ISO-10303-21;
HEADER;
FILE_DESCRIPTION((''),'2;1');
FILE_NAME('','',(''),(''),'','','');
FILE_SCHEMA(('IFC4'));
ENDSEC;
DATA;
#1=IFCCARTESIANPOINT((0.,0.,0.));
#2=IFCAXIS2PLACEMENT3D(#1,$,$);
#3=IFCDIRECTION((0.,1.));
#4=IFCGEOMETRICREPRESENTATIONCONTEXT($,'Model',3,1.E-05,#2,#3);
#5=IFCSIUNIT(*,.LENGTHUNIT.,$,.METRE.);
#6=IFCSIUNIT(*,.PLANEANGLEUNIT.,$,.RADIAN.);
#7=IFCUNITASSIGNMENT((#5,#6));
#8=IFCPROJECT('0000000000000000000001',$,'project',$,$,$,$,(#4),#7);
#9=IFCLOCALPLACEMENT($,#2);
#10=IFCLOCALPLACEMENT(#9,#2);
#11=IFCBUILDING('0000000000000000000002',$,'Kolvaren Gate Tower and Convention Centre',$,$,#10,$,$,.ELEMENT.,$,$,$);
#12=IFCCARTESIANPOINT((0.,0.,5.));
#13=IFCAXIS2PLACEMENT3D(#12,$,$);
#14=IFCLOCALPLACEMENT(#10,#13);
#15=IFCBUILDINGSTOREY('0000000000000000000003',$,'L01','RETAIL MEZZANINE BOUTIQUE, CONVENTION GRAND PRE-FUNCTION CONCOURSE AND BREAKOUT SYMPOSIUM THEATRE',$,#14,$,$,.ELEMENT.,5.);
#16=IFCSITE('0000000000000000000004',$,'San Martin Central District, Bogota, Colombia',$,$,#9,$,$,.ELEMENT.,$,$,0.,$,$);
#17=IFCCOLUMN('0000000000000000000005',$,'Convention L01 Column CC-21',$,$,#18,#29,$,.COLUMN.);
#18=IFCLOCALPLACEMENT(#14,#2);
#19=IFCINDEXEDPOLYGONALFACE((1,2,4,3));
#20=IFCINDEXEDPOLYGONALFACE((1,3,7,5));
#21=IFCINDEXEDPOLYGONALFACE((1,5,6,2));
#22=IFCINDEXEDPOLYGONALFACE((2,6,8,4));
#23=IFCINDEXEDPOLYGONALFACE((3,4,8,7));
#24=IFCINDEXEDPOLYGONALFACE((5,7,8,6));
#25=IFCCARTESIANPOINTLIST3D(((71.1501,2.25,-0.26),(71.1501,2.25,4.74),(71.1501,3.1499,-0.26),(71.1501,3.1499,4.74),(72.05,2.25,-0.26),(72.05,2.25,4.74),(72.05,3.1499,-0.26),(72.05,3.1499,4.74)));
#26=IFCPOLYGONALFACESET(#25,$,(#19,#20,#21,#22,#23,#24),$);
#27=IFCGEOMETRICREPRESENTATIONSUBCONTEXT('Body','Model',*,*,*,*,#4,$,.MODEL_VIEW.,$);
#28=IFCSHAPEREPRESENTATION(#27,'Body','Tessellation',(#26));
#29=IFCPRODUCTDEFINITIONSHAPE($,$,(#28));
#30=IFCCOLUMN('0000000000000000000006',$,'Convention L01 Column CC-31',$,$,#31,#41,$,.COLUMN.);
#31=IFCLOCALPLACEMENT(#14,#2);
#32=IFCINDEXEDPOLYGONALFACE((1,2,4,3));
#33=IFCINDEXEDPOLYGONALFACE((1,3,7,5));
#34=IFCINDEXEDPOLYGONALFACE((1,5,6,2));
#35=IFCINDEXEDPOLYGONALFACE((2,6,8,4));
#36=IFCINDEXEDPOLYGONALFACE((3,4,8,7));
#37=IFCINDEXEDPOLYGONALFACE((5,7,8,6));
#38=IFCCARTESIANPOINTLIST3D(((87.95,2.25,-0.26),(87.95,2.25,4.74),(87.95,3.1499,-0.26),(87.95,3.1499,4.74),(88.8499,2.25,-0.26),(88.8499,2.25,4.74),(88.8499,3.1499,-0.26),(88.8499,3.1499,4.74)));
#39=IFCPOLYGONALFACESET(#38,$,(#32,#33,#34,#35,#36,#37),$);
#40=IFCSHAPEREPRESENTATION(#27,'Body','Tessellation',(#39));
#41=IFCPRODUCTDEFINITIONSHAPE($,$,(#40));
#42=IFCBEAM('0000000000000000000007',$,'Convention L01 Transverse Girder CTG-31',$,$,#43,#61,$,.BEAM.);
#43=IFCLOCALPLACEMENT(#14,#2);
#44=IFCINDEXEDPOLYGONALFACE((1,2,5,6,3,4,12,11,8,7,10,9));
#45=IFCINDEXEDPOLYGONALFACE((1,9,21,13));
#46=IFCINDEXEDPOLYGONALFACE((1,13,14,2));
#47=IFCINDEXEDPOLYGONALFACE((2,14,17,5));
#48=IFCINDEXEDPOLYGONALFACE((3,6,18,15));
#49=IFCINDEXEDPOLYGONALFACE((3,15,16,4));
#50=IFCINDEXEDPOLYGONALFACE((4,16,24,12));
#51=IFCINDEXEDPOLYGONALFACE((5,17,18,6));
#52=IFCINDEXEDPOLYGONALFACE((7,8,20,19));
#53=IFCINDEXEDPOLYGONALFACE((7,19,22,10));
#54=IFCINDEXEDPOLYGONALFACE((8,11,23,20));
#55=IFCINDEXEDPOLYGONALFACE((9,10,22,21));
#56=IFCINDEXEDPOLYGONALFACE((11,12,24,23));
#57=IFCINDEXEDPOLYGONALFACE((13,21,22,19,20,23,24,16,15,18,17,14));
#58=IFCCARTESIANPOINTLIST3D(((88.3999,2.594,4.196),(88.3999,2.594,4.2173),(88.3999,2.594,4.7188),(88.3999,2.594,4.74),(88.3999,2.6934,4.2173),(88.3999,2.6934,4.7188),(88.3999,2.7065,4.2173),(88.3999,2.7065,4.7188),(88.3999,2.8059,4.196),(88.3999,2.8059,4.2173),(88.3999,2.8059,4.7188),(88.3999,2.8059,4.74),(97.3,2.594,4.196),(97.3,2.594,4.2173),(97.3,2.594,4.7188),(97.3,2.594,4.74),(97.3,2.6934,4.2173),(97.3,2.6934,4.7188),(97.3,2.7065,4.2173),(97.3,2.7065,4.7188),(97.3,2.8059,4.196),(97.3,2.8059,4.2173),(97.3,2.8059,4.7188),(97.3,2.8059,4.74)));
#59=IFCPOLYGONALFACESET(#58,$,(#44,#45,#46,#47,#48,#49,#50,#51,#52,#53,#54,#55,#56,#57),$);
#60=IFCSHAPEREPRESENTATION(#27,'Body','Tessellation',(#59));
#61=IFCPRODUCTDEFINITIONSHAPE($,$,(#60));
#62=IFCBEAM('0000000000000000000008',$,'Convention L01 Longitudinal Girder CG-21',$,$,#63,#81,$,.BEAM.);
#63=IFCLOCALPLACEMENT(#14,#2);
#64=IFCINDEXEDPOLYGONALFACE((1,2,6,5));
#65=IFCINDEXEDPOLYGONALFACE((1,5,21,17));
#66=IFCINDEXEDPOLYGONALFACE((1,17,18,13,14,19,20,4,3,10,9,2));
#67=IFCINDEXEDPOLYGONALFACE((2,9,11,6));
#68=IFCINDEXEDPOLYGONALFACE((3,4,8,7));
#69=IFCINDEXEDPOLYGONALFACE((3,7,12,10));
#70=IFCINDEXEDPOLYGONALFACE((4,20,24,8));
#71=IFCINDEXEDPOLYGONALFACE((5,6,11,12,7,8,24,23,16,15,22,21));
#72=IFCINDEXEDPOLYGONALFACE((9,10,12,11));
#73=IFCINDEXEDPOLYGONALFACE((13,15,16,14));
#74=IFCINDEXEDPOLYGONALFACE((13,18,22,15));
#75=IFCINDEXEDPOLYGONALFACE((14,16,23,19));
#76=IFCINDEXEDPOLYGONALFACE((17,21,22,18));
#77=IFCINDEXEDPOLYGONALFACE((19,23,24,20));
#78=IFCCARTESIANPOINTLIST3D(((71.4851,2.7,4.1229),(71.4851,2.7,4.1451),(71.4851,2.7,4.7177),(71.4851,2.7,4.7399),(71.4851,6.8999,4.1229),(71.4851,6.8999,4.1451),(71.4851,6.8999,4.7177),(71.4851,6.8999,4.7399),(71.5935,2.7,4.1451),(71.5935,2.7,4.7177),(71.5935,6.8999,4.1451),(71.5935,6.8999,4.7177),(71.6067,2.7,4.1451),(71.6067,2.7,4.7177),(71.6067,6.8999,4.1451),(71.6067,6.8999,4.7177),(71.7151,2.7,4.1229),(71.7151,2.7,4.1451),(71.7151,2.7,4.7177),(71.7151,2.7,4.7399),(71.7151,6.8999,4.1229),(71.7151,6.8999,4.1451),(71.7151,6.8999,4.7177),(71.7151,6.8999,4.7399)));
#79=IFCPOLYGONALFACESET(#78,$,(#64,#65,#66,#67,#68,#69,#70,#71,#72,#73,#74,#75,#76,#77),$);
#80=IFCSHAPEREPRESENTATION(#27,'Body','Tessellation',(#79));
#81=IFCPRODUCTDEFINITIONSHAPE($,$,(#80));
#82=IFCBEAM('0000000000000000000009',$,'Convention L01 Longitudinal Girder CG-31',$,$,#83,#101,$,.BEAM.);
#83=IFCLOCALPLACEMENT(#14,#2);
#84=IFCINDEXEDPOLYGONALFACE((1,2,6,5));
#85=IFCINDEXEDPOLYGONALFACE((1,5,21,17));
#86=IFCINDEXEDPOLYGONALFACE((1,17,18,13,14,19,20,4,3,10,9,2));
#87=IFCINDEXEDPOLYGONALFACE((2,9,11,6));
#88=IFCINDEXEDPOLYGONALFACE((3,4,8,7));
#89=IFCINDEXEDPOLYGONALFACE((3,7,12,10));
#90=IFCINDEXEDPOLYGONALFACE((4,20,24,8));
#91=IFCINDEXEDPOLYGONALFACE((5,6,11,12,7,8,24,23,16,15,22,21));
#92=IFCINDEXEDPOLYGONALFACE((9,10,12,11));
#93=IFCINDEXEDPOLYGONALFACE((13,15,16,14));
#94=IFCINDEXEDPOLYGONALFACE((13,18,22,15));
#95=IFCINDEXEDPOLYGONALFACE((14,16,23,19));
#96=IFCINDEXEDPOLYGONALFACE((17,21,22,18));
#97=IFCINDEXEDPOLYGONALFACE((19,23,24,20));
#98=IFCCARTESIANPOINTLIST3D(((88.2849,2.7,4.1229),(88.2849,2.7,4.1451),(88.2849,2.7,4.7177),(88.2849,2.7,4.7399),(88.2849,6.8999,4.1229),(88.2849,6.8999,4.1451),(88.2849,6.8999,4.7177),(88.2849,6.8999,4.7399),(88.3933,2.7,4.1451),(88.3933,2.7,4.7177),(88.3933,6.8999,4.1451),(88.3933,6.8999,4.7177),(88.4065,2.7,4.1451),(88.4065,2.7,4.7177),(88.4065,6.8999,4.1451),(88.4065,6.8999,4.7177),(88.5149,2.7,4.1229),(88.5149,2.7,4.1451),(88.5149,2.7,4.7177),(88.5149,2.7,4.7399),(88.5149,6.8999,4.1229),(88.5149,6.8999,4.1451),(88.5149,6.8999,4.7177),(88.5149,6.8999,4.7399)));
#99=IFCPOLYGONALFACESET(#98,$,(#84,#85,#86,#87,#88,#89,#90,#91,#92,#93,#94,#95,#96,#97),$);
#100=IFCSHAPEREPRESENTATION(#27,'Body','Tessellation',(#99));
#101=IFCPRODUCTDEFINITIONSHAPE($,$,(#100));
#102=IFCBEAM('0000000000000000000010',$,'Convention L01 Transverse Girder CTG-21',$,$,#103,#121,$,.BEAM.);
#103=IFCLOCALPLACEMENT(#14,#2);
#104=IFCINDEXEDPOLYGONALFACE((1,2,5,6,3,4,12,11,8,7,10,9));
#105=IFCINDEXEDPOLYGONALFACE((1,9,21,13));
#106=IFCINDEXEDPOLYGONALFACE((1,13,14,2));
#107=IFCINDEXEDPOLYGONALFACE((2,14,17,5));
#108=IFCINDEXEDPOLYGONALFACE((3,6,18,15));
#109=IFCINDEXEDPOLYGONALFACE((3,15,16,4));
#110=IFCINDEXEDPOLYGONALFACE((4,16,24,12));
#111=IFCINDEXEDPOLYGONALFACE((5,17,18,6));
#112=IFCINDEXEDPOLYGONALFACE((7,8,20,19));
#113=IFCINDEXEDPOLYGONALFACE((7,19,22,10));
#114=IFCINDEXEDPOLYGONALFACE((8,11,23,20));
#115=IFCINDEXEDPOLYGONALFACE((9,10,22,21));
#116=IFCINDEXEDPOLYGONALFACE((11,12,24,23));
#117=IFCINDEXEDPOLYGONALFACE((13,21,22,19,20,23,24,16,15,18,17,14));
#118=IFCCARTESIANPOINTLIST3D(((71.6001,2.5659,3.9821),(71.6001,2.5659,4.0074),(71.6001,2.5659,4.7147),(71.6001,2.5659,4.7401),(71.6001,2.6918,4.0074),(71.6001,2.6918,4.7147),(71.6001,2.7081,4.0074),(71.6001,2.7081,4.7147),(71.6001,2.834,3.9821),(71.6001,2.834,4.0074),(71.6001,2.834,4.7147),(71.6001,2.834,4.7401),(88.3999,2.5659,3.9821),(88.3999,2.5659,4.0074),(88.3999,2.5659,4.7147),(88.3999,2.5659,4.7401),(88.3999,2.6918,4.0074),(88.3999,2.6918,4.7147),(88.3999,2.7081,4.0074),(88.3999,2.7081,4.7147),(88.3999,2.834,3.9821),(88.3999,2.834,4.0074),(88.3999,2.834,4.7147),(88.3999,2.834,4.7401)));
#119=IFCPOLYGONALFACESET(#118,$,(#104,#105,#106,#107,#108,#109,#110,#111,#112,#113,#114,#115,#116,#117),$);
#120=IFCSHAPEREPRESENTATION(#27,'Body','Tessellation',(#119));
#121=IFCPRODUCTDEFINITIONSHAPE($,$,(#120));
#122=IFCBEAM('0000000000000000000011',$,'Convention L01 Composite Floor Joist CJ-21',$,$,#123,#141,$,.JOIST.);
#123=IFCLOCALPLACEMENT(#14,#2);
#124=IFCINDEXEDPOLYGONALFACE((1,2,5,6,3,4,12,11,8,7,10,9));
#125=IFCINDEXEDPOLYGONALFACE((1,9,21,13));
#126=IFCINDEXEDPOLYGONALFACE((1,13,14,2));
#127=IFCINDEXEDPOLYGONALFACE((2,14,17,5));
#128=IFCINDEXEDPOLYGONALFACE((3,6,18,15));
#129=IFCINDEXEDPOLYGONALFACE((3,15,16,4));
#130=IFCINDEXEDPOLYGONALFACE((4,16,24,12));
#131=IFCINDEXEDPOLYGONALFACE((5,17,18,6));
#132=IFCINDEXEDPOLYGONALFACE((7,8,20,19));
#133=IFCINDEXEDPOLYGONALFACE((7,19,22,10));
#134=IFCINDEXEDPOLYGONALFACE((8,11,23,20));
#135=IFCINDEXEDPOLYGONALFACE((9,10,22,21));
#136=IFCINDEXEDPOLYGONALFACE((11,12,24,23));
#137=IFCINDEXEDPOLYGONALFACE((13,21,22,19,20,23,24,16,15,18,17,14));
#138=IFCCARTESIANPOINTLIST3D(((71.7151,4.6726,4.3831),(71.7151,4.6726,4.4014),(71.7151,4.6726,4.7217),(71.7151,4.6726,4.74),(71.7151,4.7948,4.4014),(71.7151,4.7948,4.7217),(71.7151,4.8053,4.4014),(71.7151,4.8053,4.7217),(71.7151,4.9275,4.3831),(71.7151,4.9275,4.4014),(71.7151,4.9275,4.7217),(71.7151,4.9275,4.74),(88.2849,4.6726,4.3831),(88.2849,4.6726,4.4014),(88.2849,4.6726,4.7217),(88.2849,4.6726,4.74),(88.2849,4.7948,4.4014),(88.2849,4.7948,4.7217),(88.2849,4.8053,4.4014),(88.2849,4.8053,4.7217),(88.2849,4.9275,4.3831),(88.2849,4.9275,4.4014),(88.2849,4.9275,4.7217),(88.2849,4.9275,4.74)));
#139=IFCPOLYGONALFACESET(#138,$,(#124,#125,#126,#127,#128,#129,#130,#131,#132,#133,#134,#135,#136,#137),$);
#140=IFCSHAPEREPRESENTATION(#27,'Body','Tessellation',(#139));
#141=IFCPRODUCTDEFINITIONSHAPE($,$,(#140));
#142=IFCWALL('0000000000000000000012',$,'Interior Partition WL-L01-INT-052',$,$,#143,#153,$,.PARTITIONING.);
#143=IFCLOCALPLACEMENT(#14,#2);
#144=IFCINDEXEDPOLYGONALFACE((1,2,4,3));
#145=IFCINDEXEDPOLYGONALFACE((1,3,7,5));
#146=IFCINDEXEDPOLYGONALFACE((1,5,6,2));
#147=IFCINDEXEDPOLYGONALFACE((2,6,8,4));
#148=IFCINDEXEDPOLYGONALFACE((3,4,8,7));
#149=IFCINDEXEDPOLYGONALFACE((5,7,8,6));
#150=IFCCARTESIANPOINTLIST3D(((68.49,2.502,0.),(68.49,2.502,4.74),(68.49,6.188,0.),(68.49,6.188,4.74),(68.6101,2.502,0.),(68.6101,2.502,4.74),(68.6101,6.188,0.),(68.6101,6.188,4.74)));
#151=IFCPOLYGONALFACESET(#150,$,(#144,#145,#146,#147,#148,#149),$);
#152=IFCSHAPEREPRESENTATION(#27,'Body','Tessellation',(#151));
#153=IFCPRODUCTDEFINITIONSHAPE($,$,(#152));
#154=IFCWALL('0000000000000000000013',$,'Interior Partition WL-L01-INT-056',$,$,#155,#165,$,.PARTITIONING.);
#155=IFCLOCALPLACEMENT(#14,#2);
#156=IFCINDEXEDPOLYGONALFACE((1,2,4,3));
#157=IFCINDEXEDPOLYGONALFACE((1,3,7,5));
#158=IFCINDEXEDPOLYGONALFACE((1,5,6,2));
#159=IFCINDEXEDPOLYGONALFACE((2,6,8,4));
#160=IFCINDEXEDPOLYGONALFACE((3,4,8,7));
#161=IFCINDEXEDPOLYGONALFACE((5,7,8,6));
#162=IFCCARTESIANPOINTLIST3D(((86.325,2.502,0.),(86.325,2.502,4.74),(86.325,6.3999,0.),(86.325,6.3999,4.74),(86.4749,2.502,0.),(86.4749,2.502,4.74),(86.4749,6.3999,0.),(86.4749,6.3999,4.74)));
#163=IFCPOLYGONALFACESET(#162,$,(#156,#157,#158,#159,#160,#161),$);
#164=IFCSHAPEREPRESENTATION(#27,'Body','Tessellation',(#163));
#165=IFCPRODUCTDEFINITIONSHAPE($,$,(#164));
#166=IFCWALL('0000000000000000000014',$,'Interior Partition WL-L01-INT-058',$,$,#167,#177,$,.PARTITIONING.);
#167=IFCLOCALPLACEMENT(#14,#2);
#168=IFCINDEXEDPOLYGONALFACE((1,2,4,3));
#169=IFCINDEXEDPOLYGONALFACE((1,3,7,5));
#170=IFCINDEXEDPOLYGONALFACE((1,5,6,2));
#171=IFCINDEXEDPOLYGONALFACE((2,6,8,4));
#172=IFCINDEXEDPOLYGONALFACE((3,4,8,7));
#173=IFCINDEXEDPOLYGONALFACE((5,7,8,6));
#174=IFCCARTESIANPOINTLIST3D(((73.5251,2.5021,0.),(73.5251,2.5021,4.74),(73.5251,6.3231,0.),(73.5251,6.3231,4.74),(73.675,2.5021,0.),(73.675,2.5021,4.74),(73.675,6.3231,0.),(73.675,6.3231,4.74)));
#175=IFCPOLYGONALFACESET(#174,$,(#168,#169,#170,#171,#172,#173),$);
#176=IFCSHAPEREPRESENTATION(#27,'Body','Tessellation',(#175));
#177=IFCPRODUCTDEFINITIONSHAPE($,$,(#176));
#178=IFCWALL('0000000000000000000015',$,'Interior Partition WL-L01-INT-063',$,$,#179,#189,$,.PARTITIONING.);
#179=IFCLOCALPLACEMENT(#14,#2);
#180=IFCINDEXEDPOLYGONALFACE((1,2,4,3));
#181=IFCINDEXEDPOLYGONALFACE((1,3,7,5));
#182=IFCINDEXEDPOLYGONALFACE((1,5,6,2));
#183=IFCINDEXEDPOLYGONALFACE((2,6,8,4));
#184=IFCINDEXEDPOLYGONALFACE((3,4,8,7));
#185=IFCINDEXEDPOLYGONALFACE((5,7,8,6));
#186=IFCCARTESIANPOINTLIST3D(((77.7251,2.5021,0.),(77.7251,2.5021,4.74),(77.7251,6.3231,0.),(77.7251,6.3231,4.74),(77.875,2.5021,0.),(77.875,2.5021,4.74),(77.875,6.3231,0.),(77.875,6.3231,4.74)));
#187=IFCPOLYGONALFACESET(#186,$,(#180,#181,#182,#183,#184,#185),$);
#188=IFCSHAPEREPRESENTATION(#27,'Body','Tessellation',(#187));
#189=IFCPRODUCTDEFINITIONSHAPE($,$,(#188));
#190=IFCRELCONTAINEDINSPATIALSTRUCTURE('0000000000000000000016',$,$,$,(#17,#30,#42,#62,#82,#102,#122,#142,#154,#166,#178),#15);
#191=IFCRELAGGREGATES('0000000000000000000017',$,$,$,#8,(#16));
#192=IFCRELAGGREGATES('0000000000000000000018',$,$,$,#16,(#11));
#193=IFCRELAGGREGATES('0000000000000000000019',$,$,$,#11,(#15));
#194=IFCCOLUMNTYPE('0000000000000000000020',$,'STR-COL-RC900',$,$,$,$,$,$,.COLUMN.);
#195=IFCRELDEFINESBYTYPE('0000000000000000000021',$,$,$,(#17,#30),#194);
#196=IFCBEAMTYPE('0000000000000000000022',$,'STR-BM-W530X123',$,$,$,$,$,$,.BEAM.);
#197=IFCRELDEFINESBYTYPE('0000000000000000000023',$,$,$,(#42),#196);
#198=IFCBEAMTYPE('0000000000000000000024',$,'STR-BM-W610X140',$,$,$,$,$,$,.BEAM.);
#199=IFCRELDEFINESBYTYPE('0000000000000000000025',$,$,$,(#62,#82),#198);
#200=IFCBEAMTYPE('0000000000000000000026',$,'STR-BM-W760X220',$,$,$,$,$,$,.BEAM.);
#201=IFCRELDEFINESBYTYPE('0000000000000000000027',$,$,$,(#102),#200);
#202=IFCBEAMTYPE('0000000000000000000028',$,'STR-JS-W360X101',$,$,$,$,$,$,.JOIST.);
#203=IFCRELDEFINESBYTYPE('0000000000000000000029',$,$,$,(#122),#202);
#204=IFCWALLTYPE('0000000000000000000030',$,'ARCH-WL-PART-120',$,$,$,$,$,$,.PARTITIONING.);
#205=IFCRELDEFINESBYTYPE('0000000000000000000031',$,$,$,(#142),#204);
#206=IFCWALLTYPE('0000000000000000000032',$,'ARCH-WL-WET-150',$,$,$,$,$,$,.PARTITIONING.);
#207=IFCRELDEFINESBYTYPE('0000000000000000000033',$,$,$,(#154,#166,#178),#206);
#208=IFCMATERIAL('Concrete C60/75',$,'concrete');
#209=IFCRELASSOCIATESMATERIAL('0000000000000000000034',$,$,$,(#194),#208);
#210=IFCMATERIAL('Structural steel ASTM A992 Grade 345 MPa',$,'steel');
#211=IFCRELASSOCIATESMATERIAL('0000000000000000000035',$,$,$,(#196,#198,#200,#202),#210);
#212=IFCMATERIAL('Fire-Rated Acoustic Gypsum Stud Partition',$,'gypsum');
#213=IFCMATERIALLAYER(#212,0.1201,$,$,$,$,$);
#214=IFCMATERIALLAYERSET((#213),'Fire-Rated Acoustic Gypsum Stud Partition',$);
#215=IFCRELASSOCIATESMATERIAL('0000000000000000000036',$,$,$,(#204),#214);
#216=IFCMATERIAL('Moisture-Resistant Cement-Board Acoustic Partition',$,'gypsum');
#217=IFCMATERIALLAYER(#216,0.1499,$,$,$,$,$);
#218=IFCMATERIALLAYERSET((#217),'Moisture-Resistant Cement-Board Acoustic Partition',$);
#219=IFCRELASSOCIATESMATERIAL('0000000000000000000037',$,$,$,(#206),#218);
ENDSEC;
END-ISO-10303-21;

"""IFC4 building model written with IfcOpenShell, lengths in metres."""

from ifc_helpers import new_model, si_unit, direction, frame, frame_2d, origin, origin_2d, place, context, subcontext, project, spatial, rectangle, i_section, extrude, material, layer, layer_set, material_profile, profile_set, type_object, element, save


model = new_model("IFC4")

# Units and contexts
model_context = context("Model", 3, precision=1e-05, world=origin(), true_north=direction((0.0, 1.0)))
body_context = subcontext(model_context, "Body", "Model", "MODEL_VIEW")
ifc_project = project(units=[si_unit("LENGTHUNIT", "METRE"), si_unit("PLANEANGLEUNIT", "RADIAN")], contexts=[model_context])

# Site, building, storey
site_placement = place(None, origin())
site = spatial("IfcSite", under=ifc_project, at=site_placement, Name="San Martin Central District, Bogota, Colombia", CompositionType="ELEMENT", RefElevation=0.0)
building_placement = place(site_placement, origin())
building = spatial("IfcBuilding", under=site, at=building_placement, Name="Kolvaren Gate Tower and Convention Centre", CompositionType="ELEMENT")
storey_placement = place(building_placement, frame((0.0, 0.0, 5.0)))
storey = spatial("IfcBuildingStorey", under=building, at=storey_placement, Name="L01", Description="RETAIL MEZZANINE BOUTIQUE, CONVENTION GRAND PRE-FUNCTION CONCOURSE AND BREAKOUT SYMPOSIUM THEATRE", CompositionType="ELEMENT", Elevation=5.0)

# Columns
ifc_material_1 = material(Name="Concrete C60/75", Category="concrete")
ifc_material_profile_1 = material_profile(ifc_material_1, rectangle(XDim=0.8999, YDim=0.8999, at=origin_2d()), Name="RC-COL-900X900")
ifc_profile_set_1 = profile_set([ifc_material_profile_1], Name="Concrete C60/75")
column_type = type_object("IfcColumnType", Name="STR-COL-RC900", PredefinedType="COLUMN", material=ifc_profile_set_1)
for number, where, z_axis, x_axis, name in (
    (1, (71.6001, 2.7, -0.26), (0.0, 0.0, 1.0), (1.0, 0.0, 0.0), "Convention L01 Column CC-21"),
    (2, (88.3999, 2.7, -0.26), (0.0, 0.0, 1.0), (1.0, 0.0, 0.0), "Convention L01 Column CC-31"),
):
    element("IfcColumn", number, at=place(storey_placement, frame(where, z_axis=z_axis, x_axis=x_axis)), inside=storey, type_object=column_type, Name=name, PredefinedType="COLUMN", context=body_context, shape_type="SweptSolid", body=[
        extrude(rectangle(XDim=0.8999, YDim=0.8999, at=origin_2d()), origin(), (0.0, 0.0, 1.0), 5.0),
    ])

# Beams
ifc_material_2 = material(Name="Structural steel ASTM A992 Grade 345 MPa", Category="steel")
ifc_material_profile_2 = material_profile(ifc_material_2, i_section(OverallWidth=0.2119, OverallDepth=0.5439, WebThickness=0.0132, FlangeThickness=0.0212, at=origin_2d()), Name="W530X123")
ifc_profile_set_2 = profile_set([ifc_material_profile_2], Name="Structural steel ASTM A992 Grade 345 MPa")
beam_type_1 = type_object("IfcBeamType", Name="STR-BM-W530X123", PredefinedType="BEAM", material=ifc_profile_set_2)
beam_1_placement = place(storey_placement, frame((88.3999, 2.7, 4.468), z_axis=(1.0, 0.0, 0.0), x_axis=(0.0, 1.0, 0.0)))
element("IfcBeam", 3, at=beam_1_placement, inside=storey, type_object=beam_type_1, Name="Convention L01 Transverse Girder CTG-31", PredefinedType="BEAM", context=body_context, shape_type="SweptSolid", body=[
    extrude(i_section(OverallWidth=0.2119, OverallDepth=0.5439, WebThickness=0.0132, FlangeThickness=0.0212, at=origin_2d()), origin(), (0.0, 0.0, 1.0), 8.9001),
])
ifc_material_profile_3 = material_profile(ifc_material_2, i_section(OverallWidth=0.23, OverallDepth=0.6169, WebThickness=0.0132, FlangeThickness=0.0222, at=origin_2d()), Name="W610X140")
ifc_profile_set_3 = profile_set([ifc_material_profile_3], Name="Structural steel ASTM A992 Grade 345 MPa")
beam_type_2 = type_object("IfcBeamType", Name="STR-BM-W610X140", PredefinedType="BEAM", material=ifc_profile_set_3)
for number, where, z_axis, x_axis, name in (
    (4, (71.6001, 2.7, 4.4314), (0.0, 1.0, 0.0), (-1.0, 0.0, 0.0), "Convention L01 Longitudinal Girder CG-21"),
    (5, (88.3999, 2.7, 4.4314), (0.0, 1.0, 0.0), (-1.0, 0.0, 0.0), "Convention L01 Longitudinal Girder CG-31"),
):
    element("IfcBeam", number, at=place(storey_placement, frame(where, z_axis=z_axis, x_axis=x_axis)), inside=storey, type_object=beam_type_2, Name=name, PredefinedType="BEAM", context=body_context, shape_type="SweptSolid", body=[
        extrude(i_section(OverallWidth=0.23, OverallDepth=0.6169, WebThickness=0.0132, FlangeThickness=0.0222, at=origin_2d()), origin(), (0.0, 0.0, 1.0), 4.2),
    ])
ifc_material_profile_4 = material_profile(ifc_material_2, i_section(OverallWidth=0.2681, OverallDepth=0.7581, WebThickness=0.0164, FlangeThickness=0.0254, at=origin_2d()), Name="W760X220")
ifc_profile_set_4 = profile_set([ifc_material_profile_4], Name="Structural steel ASTM A992 Grade 345 MPa")
beam_type_3 = type_object("IfcBeamType", Name="STR-BM-W760X220", PredefinedType="BEAM", material=ifc_profile_set_4)
beam_2_placement = place(storey_placement, frame((71.6001, 2.7, 4.3611), z_axis=(1.0, 0.0, 0.0), x_axis=(0.0, 1.0, 0.0)))
element("IfcBeam", 6, at=beam_2_placement, inside=storey, type_object=beam_type_3, Name="Convention L01 Transverse Girder CTG-21", PredefinedType="BEAM", context=body_context, shape_type="SweptSolid", body=[
    extrude(i_section(OverallWidth=0.2681, OverallDepth=0.7581, WebThickness=0.0164, FlangeThickness=0.0254, at=origin_2d()), origin(), (0.0, 0.0, 1.0), 16.7998),
])
ifc_material_profile_5 = material_profile(ifc_material_2, i_section(OverallWidth=0.2549, OverallDepth=0.3569, WebThickness=0.0105, FlangeThickness=0.0183, at=origin_2d()), Name="W360X101")
ifc_profile_set_5 = profile_set([ifc_material_profile_5], Name="Structural steel ASTM A992 Grade 345 MPa")
beam_type_4 = type_object("IfcBeamType", Name="STR-JS-W360X101", PredefinedType="JOIST", material=ifc_profile_set_5)
beam_3_placement = place(storey_placement, frame((71.7151, 4.8, 4.5615), z_axis=(1.0, 0.0, 0.0), x_axis=(0.0, 1.0, 0.0)))
element("IfcBeam", 7, at=beam_3_placement, inside=storey, type_object=beam_type_4, Name="Convention L01 Composite Floor Joist CJ-21", PredefinedType="JOIST", context=body_context, shape_type="SweptSolid", body=[
    extrude(i_section(OverallWidth=0.2549, OverallDepth=0.3569, WebThickness=0.0105, FlangeThickness=0.0183, at=origin_2d()), origin(), (0.0, 0.0, 1.0), 16.5698),
])

# Walls
ifc_material_3 = material(Name="Fire-Rated Acoustic Gypsum Stud Partition", Category="gypsum")
ifc_layer_1 = layer(ifc_material_3, 0.1201)
ifc_layer_set_1 = layer_set([ifc_layer_1], Name="Fire-Rated Acoustic Gypsum Stud Partition")
wall_type_1 = type_object("IfcWallType", Name="ARCH-WL-PART-120", PredefinedType="PARTITIONING", material=ifc_layer_set_1)
wall_1_placement = place(storey_placement, frame((68.55, 2.502, 0.0), z_axis=(0.0, 0.0, 1.0), x_axis=(0.0, 1.0, 0.0)))
element("IfcWall", 8, at=wall_1_placement, inside=storey, type_object=wall_type_1, Name="Interior Partition WL-L01-INT-052", PredefinedType="PARTITIONING", context=body_context, shape_type="SweptSolid", body=[
    extrude(rectangle(XDim=3.686, YDim=0.1201, at=frame_2d((1.843, 0.0))), origin(), (0.0, 0.0, 1.0), 4.74),
])
ifc_material_4 = material(Name="Moisture-Resistant Cement-Board Acoustic Partition", Category="gypsum")
ifc_layer_2 = layer(ifc_material_4, 0.1499)
ifc_layer_set_2 = layer_set([ifc_layer_2], Name="Moisture-Resistant Cement-Board Acoustic Partition")
wall_type_2 = type_object("IfcWallType", Name="ARCH-WL-WET-150", PredefinedType="PARTITIONING", material=ifc_layer_set_2)
wall_2_placement = place(storey_placement, frame((86.3999, 2.502, 0.0), z_axis=(0.0, 0.0, 1.0), x_axis=(0.0, 1.0, 0.0)))
element("IfcWall", 9, at=wall_2_placement, inside=storey, type_object=wall_type_2, Name="Interior Partition WL-L01-INT-056", PredefinedType="PARTITIONING", context=body_context, shape_type="SweptSolid", body=[
    extrude(rectangle(XDim=3.8979, YDim=0.1499, at=frame_2d((1.949, 0.0))), origin(), (0.0, 0.0, 1.0), 4.74),
])
for number, where, z_axis, x_axis, name in (
    (10, (73.6001, 2.502, 0.0), (0.0, 0.0, 1.0), (0.0, 1.0, 0.0), "Interior Partition WL-L01-INT-058"),
    (11, (77.8, 2.502, 0.0), (0.0, 0.0, 1.0), (0.0, 1.0, 0.0), "Interior Partition WL-L01-INT-063"),
):
    element("IfcWall", number, at=place(storey_placement, frame(where, z_axis=z_axis, x_axis=x_axis)), inside=storey, type_object=wall_type_2, Name=name, PredefinedType="PARTITIONING", context=body_context, shape_type="SweptSolid", body=[
        extrude(rectangle(XDim=3.821, YDim=0.1499, at=frame_2d((1.9106, 0.0))), origin(), (0.0, 0.0, 1.0), 4.74),
    ])

save(model, "model.ifc")
